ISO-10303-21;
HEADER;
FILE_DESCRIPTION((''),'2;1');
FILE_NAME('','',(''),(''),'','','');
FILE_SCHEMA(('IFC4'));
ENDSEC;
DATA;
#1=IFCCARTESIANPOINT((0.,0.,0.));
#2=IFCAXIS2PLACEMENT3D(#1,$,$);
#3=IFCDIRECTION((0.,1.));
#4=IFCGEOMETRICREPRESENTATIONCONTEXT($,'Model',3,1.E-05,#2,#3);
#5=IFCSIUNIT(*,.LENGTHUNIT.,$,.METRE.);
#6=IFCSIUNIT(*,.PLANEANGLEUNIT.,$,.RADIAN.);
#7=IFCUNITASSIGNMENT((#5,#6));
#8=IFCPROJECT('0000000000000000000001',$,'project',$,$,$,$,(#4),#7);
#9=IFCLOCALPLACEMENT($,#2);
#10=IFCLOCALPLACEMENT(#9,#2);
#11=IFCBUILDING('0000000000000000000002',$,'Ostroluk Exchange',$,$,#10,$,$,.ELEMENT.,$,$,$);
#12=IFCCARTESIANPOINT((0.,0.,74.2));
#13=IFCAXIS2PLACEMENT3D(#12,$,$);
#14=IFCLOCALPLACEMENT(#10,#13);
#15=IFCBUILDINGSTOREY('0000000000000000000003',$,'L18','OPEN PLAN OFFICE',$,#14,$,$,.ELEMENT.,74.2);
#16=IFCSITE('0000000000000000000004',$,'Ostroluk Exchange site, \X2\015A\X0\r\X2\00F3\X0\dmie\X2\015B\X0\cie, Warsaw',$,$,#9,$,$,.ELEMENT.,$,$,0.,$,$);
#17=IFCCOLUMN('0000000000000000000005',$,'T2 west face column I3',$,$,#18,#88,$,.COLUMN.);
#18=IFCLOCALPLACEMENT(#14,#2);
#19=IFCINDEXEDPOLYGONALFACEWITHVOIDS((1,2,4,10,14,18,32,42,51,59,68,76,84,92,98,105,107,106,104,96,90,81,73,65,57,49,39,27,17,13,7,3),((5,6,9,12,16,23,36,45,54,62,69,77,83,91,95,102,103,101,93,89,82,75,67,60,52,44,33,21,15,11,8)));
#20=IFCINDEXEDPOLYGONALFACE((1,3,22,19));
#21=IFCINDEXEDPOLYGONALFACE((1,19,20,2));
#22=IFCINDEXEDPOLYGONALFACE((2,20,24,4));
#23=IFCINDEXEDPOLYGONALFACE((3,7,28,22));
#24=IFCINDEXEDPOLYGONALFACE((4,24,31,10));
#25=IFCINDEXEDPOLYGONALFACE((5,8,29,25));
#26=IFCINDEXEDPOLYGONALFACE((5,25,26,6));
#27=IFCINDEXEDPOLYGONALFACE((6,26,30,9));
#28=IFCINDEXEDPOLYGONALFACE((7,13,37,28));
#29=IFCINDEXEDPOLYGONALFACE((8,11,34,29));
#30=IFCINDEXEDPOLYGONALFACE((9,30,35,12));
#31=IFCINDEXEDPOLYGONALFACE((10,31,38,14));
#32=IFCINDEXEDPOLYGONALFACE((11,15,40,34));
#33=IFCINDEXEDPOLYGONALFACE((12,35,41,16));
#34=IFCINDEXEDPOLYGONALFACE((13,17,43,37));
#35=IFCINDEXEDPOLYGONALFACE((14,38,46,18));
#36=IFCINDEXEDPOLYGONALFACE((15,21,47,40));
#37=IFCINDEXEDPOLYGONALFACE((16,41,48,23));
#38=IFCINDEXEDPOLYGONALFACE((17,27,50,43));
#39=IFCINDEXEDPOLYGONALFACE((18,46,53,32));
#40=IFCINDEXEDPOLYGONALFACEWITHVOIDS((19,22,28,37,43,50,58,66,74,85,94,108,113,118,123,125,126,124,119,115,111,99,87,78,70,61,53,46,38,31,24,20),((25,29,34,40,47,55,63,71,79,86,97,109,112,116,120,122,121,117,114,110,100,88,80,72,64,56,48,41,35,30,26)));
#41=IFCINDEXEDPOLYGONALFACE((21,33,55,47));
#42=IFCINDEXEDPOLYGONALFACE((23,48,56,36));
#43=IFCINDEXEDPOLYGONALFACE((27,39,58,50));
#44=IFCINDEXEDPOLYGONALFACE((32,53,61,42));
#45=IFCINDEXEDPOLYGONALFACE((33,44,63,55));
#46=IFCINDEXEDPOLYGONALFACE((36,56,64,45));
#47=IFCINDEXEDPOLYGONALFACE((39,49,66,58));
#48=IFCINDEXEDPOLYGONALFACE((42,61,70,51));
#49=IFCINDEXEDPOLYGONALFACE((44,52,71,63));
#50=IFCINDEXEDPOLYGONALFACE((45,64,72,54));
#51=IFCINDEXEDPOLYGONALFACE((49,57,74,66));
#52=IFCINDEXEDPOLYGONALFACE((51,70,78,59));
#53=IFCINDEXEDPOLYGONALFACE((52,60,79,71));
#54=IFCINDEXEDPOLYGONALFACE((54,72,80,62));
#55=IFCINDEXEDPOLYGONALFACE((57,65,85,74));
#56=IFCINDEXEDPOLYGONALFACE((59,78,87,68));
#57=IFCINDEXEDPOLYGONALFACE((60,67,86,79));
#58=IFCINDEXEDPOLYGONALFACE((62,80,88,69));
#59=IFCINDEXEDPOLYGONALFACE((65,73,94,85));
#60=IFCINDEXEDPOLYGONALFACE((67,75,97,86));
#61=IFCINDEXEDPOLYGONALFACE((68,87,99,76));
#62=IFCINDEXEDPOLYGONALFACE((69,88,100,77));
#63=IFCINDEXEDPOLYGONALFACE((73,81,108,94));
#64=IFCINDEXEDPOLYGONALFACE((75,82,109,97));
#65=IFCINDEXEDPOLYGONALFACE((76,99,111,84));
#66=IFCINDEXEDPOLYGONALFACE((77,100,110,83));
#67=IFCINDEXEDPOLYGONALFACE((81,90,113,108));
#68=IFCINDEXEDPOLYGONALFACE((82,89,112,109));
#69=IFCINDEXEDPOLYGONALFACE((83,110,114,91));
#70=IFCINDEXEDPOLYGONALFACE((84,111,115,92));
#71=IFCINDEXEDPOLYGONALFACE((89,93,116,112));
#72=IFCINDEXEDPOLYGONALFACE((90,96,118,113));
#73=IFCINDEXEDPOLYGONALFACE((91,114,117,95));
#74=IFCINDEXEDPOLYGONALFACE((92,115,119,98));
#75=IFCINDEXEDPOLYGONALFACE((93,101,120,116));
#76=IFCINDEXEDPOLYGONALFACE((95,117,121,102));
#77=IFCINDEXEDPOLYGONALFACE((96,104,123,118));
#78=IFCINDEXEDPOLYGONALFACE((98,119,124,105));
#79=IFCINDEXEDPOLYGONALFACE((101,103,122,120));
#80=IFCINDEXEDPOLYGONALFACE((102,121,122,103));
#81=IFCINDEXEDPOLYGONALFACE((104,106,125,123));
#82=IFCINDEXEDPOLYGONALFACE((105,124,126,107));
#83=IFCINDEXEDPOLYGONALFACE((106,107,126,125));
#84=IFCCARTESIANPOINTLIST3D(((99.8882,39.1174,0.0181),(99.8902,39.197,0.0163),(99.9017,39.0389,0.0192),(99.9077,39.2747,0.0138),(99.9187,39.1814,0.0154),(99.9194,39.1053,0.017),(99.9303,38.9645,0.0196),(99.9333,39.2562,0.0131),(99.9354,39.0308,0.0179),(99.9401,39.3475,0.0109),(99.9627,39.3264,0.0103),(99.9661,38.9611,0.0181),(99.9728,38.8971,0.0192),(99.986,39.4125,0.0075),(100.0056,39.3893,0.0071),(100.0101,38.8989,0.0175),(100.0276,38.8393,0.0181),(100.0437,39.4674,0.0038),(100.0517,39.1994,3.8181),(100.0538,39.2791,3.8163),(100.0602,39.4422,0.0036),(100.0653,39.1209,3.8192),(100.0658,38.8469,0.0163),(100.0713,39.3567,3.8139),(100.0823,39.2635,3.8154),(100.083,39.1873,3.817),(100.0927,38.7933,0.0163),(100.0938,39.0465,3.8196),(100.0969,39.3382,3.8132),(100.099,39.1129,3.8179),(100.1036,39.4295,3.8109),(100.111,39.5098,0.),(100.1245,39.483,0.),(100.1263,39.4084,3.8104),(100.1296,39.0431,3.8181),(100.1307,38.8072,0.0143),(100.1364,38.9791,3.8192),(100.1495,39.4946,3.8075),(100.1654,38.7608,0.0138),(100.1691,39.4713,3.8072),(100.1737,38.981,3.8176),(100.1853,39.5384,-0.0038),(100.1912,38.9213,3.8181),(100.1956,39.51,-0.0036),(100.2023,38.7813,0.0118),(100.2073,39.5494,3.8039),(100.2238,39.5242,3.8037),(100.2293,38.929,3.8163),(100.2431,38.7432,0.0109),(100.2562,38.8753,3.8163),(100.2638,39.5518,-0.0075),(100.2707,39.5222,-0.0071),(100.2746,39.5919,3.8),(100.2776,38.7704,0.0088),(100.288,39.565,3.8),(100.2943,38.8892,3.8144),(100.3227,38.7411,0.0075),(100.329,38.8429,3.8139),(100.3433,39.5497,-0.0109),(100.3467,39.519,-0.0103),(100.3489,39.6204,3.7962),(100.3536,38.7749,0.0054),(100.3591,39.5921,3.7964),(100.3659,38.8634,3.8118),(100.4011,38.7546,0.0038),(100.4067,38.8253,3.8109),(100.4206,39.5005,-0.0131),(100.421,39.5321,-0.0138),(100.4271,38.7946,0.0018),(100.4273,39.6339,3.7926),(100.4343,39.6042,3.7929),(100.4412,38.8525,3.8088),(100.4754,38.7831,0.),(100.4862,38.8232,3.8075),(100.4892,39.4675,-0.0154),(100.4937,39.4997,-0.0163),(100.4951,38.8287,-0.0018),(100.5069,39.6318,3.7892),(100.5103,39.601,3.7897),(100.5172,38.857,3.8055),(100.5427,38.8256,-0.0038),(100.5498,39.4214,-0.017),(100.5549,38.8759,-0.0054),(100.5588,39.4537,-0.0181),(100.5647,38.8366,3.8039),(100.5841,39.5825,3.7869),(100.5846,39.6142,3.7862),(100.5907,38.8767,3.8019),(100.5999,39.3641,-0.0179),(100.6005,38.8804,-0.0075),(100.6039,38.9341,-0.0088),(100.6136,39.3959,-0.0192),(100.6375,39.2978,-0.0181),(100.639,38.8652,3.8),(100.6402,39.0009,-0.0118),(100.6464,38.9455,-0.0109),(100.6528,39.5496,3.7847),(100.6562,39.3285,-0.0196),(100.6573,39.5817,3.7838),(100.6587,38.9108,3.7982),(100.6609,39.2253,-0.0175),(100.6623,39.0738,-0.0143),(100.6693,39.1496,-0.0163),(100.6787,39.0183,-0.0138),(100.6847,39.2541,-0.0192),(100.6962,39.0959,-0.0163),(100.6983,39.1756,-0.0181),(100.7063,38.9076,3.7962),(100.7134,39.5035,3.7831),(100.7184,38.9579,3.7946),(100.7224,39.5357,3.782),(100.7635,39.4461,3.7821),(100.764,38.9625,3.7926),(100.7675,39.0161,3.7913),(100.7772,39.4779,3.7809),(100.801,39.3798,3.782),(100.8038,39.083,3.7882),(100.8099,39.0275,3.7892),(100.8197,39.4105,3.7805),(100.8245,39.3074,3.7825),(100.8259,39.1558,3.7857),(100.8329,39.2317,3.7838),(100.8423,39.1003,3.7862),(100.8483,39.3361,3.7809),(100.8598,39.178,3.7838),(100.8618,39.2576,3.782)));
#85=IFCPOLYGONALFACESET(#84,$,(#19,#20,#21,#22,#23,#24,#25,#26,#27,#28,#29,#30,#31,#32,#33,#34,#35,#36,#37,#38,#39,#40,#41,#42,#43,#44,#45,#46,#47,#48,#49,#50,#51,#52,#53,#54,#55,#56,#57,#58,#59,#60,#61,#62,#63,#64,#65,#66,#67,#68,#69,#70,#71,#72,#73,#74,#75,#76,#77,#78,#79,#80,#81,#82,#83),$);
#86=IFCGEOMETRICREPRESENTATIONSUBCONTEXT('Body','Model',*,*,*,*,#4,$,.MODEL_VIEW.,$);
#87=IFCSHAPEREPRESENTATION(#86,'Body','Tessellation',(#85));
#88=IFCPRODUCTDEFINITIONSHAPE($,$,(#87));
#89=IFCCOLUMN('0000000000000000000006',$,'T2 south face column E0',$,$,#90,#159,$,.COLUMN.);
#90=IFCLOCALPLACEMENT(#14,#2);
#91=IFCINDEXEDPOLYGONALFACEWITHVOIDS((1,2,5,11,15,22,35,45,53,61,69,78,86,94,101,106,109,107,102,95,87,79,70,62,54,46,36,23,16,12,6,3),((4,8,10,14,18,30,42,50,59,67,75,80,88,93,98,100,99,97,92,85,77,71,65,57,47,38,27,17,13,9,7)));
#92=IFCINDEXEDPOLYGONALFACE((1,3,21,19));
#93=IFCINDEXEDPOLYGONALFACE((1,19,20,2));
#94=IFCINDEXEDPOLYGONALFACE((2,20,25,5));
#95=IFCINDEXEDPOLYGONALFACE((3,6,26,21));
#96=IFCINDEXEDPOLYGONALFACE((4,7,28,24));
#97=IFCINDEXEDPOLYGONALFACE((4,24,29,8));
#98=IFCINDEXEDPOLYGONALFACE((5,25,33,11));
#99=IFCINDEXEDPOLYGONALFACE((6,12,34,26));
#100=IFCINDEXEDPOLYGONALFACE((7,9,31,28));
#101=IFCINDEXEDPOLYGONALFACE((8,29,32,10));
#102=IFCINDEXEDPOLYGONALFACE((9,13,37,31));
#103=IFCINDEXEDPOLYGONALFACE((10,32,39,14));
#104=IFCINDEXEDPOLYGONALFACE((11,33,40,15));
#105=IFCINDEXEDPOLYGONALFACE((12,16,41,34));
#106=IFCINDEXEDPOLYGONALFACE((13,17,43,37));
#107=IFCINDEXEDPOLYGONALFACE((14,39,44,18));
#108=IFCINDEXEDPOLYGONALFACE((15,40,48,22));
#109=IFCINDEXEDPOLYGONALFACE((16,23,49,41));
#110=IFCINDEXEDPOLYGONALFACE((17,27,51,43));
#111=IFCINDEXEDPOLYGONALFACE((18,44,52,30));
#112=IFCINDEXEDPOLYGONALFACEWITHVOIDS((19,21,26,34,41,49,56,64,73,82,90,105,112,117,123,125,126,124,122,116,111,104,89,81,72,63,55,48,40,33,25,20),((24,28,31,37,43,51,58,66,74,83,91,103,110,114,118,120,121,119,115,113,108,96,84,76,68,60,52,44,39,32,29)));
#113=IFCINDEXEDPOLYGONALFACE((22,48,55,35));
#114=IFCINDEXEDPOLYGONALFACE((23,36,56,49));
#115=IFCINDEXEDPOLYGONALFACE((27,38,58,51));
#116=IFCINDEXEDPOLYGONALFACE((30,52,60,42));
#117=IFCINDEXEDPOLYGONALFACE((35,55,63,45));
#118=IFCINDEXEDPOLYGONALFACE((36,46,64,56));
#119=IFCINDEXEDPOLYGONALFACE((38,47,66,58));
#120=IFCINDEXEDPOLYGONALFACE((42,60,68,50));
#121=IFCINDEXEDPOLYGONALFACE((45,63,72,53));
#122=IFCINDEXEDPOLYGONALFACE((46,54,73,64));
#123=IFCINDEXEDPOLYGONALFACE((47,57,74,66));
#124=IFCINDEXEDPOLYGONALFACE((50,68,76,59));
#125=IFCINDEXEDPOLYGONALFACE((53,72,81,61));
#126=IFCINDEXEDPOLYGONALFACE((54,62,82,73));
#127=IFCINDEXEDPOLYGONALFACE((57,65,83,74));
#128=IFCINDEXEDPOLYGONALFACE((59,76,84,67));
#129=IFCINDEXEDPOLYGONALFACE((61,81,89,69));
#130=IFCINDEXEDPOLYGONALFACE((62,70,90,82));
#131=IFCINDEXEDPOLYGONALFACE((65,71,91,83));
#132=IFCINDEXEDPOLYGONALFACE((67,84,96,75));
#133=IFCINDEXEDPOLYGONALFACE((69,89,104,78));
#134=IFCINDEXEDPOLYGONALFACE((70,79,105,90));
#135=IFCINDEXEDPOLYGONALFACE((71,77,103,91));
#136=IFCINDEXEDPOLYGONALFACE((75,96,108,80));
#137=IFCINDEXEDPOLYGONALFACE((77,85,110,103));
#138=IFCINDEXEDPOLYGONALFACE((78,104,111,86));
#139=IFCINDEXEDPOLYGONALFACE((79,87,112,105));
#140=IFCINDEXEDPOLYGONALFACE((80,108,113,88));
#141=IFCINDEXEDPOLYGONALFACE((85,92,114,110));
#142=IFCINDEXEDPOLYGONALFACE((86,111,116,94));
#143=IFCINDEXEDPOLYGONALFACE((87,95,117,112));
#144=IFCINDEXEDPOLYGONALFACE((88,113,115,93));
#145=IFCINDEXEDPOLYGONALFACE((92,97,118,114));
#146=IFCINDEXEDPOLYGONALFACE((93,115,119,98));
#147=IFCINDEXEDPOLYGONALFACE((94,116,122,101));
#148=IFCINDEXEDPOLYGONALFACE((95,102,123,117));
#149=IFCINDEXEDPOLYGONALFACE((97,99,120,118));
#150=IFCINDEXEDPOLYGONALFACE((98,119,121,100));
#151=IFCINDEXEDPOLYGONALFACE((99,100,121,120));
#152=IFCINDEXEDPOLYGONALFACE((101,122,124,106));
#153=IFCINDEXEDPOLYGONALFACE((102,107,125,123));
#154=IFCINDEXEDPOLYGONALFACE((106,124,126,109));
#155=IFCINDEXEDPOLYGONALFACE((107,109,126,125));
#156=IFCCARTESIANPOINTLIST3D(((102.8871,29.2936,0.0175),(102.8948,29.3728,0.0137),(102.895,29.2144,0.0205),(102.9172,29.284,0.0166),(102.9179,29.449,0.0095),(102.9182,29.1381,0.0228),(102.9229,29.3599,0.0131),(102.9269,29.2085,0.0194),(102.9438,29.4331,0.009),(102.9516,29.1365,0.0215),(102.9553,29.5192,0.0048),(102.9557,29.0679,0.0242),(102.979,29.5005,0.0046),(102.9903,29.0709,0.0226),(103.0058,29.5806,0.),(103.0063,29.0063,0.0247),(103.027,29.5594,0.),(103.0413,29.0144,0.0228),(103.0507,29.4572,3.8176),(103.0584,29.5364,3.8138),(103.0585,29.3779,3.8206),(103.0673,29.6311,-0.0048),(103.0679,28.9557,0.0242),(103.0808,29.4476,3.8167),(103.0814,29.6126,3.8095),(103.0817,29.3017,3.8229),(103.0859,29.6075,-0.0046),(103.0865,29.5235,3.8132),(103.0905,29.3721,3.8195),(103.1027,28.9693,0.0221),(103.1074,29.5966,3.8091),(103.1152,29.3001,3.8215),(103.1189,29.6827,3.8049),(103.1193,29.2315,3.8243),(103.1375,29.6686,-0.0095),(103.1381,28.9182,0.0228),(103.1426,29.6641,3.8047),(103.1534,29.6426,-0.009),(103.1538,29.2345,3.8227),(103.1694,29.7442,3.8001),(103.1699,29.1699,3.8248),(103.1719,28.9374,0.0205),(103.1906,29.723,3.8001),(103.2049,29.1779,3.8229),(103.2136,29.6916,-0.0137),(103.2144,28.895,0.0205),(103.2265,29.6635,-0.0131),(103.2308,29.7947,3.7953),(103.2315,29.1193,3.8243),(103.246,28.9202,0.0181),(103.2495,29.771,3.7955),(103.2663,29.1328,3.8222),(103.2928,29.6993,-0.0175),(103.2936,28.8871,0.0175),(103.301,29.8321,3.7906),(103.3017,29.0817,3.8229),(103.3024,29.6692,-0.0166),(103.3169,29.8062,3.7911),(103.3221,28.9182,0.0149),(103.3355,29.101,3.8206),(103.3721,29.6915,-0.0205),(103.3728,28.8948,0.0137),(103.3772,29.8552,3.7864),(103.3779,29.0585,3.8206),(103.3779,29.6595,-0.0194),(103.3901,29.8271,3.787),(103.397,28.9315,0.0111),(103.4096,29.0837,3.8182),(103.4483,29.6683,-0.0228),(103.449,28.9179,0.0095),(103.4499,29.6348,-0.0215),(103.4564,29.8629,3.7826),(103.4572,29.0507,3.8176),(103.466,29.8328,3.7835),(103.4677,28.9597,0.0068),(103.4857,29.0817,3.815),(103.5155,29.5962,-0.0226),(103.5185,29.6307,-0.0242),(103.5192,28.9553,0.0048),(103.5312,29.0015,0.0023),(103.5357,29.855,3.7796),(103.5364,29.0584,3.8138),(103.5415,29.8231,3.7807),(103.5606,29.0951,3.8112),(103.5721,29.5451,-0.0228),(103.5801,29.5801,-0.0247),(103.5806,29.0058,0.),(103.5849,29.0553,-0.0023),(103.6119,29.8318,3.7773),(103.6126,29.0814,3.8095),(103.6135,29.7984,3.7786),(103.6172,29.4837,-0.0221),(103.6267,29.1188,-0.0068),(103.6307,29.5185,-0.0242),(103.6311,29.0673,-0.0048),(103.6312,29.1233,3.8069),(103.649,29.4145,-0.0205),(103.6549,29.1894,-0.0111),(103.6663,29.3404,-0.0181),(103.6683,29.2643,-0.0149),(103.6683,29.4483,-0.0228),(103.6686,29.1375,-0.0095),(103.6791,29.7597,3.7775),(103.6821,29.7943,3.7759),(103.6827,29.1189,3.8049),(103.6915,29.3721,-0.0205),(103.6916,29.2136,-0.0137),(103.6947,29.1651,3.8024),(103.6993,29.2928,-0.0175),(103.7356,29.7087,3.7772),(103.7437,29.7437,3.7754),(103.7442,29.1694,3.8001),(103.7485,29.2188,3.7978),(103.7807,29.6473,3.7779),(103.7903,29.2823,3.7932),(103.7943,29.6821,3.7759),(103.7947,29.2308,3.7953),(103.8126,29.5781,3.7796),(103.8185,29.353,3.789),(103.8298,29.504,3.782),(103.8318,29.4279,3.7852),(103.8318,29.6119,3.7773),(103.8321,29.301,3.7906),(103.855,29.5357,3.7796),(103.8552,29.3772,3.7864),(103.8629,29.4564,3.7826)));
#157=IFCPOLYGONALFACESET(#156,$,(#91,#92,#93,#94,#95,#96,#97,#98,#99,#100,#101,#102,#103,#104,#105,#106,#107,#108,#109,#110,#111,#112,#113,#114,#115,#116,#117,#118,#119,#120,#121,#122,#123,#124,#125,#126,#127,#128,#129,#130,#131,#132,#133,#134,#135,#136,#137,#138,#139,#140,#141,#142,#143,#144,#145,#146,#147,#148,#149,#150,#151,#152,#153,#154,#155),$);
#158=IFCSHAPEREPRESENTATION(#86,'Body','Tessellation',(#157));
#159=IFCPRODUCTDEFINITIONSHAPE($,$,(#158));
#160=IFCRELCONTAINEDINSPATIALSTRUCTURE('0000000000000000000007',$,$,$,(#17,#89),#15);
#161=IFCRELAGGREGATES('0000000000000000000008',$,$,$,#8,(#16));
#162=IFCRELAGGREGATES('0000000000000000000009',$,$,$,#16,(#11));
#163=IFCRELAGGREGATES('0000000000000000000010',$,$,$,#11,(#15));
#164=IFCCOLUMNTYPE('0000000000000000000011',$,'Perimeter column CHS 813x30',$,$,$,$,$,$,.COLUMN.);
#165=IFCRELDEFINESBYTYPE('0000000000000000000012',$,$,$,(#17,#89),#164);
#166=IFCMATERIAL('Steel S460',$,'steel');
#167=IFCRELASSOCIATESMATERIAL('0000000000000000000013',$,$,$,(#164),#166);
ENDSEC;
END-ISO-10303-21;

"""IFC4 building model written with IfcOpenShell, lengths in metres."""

from ifc_helpers import new_model, si_unit, direction, frame, origin, origin_2d, place, context, subcontext, project, spatial, hollow_circle, extrude, material, material_profile, profile_set, type_object, element, save


model = new_model("IFC4")

# Units and contexts
model_context = context("Model", 3, precision=1e-05, world=origin(), true_north=direction((0.0, 1.0)))
body_context = subcontext(model_context, "Body", "Model", "MODEL_VIEW")
ifc_project = project(units=[si_unit("LENGTHUNIT", "METRE"), si_unit("PLANEANGLEUNIT", "RADIAN")], contexts=[model_context])

# Site, building, storey
site_placement = place(None, origin())
site = spatial("IfcSite", under=ifc_project, at=site_placement, Name="Ostroluk Exchange site, Śródmieście, Warsaw", CompositionType="ELEMENT", RefElevation=0.0)
building_placement = place(site_placement, origin())
building = spatial("IfcBuilding", under=site, at=building_placement, Name="Ostroluk Exchange", CompositionType="ELEMENT")
storey_placement = place(building_placement, frame((0.0, 0.0, 74.2)))
storey = spatial("IfcBuildingStorey", under=building, at=storey_placement, Name="L18", Description="OPEN PLAN OFFICE", CompositionType="ELEMENT", Elevation=74.2)

# Columns
ifc_material_1 = material(Name="Steel S460", Category="steel")
ifc_material_profile_1 = material_profile(ifc_material_1, hollow_circle(Radius=0.4065, WallThickness=0.03, at=origin_2d()), Name="CHS 813x30")
ifc_profile_set_1 = profile_set([ifc_material_profile_1], Name="Steel S460")
column_type = type_object("IfcColumnType", Name="Perimeter column CHS 813x30", PredefinedType="COLUMN", material=ifc_profile_set_1)
column_1_placement = place(storey_placement, frame((100.2932, 39.1465, 0.0), z_axis=(0.042995, 0.021562, 0.998843), x_axis=(-0.448281, 0.893893, 0.0)))
element("IfcColumn", 1, at=column_1_placement, inside=storey, type_object=column_type, Name="T2 west face column I3", PredefinedType="COLUMN", context=body_context, shape_type="SweptSolid", body=[
    extrude(hollow_circle(Radius=0.4065, WallThickness=0.03, at=origin_2d()), origin(), (0.0, 0.0, 1.0), 3.8044),
])
column_2_placement = place(storey_placement, frame((103.2932, 29.2932, 0.0), z_axis=(0.042966, 0.042966, 0.998152), x_axis=(-0.707107, 0.707107, 0.0)))
element("IfcColumn", 2, at=column_2_placement, inside=storey, type_object=column_type, Name="T2 south face column E0", PredefinedType="COLUMN", context=body_context, shape_type="SweptSolid", body=[
    extrude(hollow_circle(Radius=0.4065, WallThickness=0.03, at=origin_2d()), origin(), (0.0, 0.0, 1.0), 3.8071),
])

save(model, "model.ifc")
